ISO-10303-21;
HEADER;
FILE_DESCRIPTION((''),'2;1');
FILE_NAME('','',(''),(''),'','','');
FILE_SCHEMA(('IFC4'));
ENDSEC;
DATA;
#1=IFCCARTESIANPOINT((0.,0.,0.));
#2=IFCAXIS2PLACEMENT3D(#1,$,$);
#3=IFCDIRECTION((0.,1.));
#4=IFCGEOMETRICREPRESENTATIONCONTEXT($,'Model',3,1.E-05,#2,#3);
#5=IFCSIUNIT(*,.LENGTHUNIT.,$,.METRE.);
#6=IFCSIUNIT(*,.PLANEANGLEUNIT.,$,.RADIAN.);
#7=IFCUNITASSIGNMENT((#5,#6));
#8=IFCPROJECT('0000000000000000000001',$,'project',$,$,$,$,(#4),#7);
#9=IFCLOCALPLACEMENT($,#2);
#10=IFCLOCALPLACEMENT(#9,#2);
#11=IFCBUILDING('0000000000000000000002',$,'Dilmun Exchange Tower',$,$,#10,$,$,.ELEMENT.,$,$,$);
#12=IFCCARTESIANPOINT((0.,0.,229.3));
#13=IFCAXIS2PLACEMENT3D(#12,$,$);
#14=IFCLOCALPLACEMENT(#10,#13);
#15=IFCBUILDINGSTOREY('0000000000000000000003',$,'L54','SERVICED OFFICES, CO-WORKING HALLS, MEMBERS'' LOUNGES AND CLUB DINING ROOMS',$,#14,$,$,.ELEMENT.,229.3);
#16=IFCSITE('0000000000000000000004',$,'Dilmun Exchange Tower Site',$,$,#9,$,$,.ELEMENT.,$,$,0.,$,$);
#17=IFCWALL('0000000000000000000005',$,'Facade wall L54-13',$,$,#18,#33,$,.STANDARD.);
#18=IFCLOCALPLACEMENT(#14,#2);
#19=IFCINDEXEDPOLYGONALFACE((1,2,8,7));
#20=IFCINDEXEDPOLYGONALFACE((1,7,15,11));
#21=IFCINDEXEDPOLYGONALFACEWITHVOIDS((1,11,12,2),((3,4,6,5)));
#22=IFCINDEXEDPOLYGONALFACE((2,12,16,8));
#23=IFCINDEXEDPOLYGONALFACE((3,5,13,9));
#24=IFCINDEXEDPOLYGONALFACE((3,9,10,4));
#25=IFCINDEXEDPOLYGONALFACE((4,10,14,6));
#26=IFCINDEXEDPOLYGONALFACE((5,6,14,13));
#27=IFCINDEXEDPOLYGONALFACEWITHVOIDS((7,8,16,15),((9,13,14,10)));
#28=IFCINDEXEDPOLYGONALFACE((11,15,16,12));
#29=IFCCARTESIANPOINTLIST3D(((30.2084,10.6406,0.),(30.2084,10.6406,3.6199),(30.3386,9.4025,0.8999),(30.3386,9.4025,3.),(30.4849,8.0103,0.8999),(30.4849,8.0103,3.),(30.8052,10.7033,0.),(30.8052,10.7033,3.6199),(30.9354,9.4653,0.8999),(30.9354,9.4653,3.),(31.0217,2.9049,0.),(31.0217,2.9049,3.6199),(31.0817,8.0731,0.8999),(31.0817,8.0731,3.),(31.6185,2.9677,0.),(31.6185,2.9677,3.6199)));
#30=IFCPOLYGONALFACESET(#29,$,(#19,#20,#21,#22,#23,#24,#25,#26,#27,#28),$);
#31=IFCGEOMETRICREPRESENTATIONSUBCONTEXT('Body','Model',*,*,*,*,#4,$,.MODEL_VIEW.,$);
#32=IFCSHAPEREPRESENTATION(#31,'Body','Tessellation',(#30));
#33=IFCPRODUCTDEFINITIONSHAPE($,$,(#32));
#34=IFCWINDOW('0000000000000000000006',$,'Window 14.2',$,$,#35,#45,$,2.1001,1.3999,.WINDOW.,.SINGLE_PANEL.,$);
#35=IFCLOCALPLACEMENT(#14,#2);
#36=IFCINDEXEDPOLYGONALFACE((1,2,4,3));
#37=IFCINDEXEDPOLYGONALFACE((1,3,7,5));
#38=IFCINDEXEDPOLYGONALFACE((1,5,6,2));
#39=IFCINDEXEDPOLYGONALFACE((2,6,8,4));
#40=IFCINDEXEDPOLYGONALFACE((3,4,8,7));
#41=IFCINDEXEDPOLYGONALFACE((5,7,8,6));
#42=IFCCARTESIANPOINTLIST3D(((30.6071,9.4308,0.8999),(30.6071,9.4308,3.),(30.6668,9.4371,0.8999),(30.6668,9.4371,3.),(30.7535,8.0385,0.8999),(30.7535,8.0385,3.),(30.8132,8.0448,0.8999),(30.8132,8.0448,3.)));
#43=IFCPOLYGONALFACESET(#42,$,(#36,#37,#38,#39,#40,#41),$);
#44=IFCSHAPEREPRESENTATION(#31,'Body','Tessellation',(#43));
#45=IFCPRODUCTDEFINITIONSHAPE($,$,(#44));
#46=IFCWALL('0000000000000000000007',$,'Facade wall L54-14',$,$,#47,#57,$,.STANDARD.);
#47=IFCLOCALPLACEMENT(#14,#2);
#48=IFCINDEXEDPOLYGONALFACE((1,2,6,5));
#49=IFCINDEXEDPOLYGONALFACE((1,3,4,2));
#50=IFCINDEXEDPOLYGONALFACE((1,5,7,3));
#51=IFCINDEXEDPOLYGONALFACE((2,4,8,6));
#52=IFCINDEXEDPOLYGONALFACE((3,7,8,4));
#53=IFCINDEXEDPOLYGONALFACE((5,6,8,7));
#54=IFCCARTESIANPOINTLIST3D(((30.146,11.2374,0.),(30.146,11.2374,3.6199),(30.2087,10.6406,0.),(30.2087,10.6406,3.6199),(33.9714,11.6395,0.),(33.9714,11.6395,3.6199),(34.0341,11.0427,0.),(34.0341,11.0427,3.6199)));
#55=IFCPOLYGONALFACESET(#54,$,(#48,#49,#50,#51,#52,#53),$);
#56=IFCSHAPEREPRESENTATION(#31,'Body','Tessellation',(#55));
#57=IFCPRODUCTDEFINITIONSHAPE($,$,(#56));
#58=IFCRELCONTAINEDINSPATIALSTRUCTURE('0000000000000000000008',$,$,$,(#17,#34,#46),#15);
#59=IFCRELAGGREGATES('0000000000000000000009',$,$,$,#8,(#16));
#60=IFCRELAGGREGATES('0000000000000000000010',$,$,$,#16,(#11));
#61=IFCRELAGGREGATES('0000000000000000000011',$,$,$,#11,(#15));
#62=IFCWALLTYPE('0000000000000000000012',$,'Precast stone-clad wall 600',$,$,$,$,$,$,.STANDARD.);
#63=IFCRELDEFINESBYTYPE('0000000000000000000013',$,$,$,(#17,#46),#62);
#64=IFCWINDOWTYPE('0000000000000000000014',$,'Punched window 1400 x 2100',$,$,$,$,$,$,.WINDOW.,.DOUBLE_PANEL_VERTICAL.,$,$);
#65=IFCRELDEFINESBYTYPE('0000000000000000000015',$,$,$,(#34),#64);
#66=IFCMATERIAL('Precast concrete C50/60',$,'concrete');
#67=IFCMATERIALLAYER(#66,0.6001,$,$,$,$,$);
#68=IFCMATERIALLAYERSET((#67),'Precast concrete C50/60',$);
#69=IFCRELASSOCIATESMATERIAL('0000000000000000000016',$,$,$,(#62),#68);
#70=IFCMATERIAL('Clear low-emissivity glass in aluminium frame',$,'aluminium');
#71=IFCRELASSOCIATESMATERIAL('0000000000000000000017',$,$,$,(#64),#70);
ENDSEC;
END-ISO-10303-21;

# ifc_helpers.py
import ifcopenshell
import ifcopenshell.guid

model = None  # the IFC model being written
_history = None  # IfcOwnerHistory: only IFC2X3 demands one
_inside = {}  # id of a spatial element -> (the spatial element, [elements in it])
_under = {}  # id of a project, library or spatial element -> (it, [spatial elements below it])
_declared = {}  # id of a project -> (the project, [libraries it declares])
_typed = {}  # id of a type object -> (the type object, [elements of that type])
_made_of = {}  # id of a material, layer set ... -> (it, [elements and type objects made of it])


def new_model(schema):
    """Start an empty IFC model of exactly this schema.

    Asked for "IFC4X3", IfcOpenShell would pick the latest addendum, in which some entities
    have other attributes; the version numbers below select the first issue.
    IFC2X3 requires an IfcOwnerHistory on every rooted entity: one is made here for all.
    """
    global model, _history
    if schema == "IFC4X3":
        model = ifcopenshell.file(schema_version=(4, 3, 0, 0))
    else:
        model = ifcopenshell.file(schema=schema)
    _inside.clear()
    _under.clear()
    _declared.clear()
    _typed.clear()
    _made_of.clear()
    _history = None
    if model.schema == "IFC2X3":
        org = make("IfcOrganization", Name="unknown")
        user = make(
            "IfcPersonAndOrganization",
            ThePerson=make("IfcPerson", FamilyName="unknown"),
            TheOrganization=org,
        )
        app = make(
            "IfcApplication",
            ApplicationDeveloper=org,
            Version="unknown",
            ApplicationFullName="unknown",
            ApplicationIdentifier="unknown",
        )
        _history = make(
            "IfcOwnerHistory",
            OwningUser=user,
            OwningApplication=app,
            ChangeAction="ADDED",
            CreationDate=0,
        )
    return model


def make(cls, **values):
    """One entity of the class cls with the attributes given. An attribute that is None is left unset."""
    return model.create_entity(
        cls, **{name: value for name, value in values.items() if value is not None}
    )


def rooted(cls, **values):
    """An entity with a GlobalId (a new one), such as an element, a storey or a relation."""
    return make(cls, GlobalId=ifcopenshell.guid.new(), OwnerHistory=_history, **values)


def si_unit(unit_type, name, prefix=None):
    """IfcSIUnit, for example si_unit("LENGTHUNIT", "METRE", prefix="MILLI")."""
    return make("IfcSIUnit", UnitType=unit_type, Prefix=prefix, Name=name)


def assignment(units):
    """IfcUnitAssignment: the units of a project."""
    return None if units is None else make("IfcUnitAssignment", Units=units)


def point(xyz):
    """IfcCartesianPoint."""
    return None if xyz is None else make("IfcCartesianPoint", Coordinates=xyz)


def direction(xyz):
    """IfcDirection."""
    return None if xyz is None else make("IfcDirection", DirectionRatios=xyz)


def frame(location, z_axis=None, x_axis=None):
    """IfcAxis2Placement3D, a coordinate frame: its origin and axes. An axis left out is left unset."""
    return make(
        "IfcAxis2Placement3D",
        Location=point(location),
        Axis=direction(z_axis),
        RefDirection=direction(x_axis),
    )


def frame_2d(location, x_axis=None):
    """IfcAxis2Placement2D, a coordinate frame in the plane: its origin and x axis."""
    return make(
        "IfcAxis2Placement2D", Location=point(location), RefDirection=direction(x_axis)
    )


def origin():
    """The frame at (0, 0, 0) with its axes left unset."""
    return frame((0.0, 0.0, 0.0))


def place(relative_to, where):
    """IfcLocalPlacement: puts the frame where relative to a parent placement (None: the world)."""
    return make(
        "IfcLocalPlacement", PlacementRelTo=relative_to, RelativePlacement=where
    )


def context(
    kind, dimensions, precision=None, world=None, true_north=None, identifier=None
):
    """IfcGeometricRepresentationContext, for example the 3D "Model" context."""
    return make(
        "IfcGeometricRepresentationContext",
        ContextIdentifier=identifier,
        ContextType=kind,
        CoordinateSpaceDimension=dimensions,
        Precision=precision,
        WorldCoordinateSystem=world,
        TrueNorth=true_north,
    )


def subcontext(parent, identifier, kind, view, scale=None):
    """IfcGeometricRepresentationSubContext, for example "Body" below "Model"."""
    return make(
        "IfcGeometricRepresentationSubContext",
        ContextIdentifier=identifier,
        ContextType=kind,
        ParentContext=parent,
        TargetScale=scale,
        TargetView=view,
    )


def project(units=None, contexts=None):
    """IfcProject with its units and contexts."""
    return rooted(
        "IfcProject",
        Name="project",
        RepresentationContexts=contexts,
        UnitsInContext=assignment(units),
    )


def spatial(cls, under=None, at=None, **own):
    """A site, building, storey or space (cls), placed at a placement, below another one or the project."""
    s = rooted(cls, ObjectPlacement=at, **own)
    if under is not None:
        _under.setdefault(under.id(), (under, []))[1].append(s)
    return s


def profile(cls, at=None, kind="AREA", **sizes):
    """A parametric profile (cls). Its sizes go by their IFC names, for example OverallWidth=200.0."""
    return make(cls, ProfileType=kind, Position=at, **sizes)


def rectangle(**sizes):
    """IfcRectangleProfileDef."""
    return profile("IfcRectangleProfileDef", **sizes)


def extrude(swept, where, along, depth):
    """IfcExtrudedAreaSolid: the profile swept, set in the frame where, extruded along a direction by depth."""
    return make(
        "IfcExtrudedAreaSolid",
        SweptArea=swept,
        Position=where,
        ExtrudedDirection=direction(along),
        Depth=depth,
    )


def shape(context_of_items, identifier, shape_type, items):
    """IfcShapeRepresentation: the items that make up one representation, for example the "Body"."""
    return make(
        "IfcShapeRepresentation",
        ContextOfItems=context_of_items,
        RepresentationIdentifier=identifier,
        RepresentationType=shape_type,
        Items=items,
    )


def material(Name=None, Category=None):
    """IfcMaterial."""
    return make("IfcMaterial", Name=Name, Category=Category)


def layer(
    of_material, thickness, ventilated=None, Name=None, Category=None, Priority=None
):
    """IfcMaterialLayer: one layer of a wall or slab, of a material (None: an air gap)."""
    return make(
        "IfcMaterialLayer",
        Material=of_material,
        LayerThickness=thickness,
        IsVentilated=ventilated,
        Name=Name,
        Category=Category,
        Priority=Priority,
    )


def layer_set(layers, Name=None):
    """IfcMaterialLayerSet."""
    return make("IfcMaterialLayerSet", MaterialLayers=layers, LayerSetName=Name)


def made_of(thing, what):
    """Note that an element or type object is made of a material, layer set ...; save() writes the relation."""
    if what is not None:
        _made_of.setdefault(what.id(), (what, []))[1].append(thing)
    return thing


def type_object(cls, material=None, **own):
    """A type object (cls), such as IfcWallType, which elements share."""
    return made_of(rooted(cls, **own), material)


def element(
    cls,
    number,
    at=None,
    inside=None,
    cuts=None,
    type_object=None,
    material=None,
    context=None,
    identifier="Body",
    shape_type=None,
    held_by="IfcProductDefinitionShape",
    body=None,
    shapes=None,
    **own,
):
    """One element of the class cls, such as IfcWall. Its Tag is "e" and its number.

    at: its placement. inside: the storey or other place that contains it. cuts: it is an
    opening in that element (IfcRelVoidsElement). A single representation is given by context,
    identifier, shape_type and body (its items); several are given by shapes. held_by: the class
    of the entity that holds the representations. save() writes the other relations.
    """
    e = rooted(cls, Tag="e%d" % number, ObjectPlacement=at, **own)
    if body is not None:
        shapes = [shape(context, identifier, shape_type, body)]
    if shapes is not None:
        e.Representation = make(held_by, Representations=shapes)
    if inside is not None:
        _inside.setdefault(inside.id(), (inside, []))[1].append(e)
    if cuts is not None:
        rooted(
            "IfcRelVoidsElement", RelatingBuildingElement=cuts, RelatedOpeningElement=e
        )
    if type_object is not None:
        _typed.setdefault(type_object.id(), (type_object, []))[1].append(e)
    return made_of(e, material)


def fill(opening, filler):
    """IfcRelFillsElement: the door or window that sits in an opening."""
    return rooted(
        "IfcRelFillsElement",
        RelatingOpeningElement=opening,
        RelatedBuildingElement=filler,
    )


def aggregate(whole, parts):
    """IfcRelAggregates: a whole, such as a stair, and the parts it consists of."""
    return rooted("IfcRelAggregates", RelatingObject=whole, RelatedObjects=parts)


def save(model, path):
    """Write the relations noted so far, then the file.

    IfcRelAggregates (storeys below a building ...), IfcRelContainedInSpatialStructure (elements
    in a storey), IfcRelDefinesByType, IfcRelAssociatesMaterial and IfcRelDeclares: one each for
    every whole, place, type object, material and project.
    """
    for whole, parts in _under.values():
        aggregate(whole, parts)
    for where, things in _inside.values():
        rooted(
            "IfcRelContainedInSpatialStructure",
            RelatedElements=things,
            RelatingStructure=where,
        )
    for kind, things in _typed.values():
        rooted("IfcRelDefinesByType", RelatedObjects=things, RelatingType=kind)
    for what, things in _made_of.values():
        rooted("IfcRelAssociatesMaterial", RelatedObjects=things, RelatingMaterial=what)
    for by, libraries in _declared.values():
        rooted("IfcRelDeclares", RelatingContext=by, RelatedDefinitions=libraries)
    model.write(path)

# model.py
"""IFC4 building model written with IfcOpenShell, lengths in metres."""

from ifc_helpers import new_model, si_unit, direction, frame, frame_2d, origin, place, context, subcontext, project, spatial, rectangle, extrude, material, layer, layer_set, type_object, element, fill, save


model = new_model("IFC4")

# Units and contexts
model_context = context("Model", 3, precision=1e-05, world=origin(), true_north=direction((0.0, 1.0)))
body_context = subcontext(model_context, "Body", "Model", "MODEL_VIEW")
ifc_project = project(units=[si_unit("LENGTHUNIT", "METRE"), si_unit("PLANEANGLEUNIT", "RADIAN")], contexts=[model_context])

# Site, building, storey
site_placement = place(None, origin())
site = spatial("IfcSite", under=ifc_project, at=site_placement, Name="Dilmun Exchange Tower Site", CompositionType="ELEMENT", RefElevation=0.0)
building_placement = place(site_placement, origin())
building = spatial("IfcBuilding", under=site, at=building_placement, Name="Dilmun Exchange Tower", CompositionType="ELEMENT")
storey_placement = place(building_placement, frame((0.0, 0.0, 229.3)))
storey = spatial("IfcBuildingStorey", under=building, at=storey_placement, Name="L54", Description="SERVICED OFFICES, CO-WORKING HALLS, MEMBERS' LOUNGES AND CLUB DINING ROOMS", CompositionType="ELEMENT", Elevation=229.3)

# Shared definitions
ifc_material_1 = material(Name="Precast concrete C50/60", Category="concrete")
ifc_layer_1 = layer(ifc_material_1, 0.6001)
ifc_layer_set_1 = layer_set([ifc_layer_1], Name="Precast concrete C50/60")
wall_type_1 = type_object("IfcWallType", Name="Precast stone-clad wall 600", PredefinedType="STANDARD", material=ifc_layer_set_1)

# Wall, opening, window
wall_1_placement = place(storey_placement, frame((31.3201, 2.9363, 0.0), z_axis=(0.0, 0.0, 1.0), x_axis=(-0.104552, 0.994519, 0.0)))
wall_1 = element("IfcWall", 1, at=wall_1_placement, inside=storey, type_object=wall_type_1, Name="Facade wall L54-13", PredefinedType="STANDARD", context=body_context, shape_type="SweptSolid", body=[
    extrude(rectangle(XDim=7.7783, YDim=0.6001, at=frame_2d((3.8892, 0.0))), origin(), (0.0, 0.0, 1.0), 3.6199),
])
opening_1_placement = place(wall_1_placement, frame((5.1335, 0.0, 0.8999)))
opening_1 = element("IfcOpeningElement", 2, at=opening_1_placement, cuts=wall_1, PredefinedType="OPENING", context=body_context, shape_type="SweptSolid", body=[
    extrude(rectangle(XDim=1.3999, YDim=2.1001, at=frame_2d((0.7, 1.05))), frame((0.0, 0.3101, 0.0), z_axis=(0.0, -1.0, 0.0), x_axis=(1.0, 0.0, 0.0)), (0.0, 0.0, 1.0), 0.6201),
])
ifc_material_2 = material(Name="Clear low-emissivity glass in aluminium frame", Category="aluminium")
window_type_1 = type_object("IfcWindowType", Name="Punched window 1400 x 2100", PartitioningType="DOUBLE_PANEL_VERTICAL", PredefinedType="WINDOW", material=ifc_material_2)
window_1_placement = place(opening_1_placement, origin())
window_1 = element("IfcWindow", 3, at=window_1_placement, inside=storey, type_object=window_type_1, Name="Window 14.2", OverallHeight=2.1001, OverallWidth=1.3999, PartitioningType="SINGLE_PANEL", PredefinedType="WINDOW", context=body_context, shape_type="SweptSolid", body=[
    extrude(rectangle(XDim=1.3999, YDim=2.1001, at=frame_2d((0.7, 1.05))), frame((0.0, 0.03, 0.0), z_axis=(0.0, -1.0, 0.0), x_axis=(1.0, 0.0, 0.0)), (0.0, 0.0, 1.0), 0.0601),
])
fill(opening_1, window_1)

# Wall
wall_2_placement = place(storey_placement, frame((30.1772, 10.939, 0.0), z_axis=(0.0, 0.0, 1.0), x_axis=(0.994521, 0.104536, 0.0)))
element("IfcWall", 4, at=wall_2_placement, inside=storey, type_object=wall_type_1, Name="Facade wall L54-14", PredefinedType="STANDARD", context=body_context, shape_type="SweptSolid", body=[
    extrude(rectangle(XDim=3.8464, YDim=0.6001, at=frame_2d((1.9233, 0.0))), origin(), (0.0, 0.0, 1.0), 3.6199),
])

save(model, "model.ifc")
